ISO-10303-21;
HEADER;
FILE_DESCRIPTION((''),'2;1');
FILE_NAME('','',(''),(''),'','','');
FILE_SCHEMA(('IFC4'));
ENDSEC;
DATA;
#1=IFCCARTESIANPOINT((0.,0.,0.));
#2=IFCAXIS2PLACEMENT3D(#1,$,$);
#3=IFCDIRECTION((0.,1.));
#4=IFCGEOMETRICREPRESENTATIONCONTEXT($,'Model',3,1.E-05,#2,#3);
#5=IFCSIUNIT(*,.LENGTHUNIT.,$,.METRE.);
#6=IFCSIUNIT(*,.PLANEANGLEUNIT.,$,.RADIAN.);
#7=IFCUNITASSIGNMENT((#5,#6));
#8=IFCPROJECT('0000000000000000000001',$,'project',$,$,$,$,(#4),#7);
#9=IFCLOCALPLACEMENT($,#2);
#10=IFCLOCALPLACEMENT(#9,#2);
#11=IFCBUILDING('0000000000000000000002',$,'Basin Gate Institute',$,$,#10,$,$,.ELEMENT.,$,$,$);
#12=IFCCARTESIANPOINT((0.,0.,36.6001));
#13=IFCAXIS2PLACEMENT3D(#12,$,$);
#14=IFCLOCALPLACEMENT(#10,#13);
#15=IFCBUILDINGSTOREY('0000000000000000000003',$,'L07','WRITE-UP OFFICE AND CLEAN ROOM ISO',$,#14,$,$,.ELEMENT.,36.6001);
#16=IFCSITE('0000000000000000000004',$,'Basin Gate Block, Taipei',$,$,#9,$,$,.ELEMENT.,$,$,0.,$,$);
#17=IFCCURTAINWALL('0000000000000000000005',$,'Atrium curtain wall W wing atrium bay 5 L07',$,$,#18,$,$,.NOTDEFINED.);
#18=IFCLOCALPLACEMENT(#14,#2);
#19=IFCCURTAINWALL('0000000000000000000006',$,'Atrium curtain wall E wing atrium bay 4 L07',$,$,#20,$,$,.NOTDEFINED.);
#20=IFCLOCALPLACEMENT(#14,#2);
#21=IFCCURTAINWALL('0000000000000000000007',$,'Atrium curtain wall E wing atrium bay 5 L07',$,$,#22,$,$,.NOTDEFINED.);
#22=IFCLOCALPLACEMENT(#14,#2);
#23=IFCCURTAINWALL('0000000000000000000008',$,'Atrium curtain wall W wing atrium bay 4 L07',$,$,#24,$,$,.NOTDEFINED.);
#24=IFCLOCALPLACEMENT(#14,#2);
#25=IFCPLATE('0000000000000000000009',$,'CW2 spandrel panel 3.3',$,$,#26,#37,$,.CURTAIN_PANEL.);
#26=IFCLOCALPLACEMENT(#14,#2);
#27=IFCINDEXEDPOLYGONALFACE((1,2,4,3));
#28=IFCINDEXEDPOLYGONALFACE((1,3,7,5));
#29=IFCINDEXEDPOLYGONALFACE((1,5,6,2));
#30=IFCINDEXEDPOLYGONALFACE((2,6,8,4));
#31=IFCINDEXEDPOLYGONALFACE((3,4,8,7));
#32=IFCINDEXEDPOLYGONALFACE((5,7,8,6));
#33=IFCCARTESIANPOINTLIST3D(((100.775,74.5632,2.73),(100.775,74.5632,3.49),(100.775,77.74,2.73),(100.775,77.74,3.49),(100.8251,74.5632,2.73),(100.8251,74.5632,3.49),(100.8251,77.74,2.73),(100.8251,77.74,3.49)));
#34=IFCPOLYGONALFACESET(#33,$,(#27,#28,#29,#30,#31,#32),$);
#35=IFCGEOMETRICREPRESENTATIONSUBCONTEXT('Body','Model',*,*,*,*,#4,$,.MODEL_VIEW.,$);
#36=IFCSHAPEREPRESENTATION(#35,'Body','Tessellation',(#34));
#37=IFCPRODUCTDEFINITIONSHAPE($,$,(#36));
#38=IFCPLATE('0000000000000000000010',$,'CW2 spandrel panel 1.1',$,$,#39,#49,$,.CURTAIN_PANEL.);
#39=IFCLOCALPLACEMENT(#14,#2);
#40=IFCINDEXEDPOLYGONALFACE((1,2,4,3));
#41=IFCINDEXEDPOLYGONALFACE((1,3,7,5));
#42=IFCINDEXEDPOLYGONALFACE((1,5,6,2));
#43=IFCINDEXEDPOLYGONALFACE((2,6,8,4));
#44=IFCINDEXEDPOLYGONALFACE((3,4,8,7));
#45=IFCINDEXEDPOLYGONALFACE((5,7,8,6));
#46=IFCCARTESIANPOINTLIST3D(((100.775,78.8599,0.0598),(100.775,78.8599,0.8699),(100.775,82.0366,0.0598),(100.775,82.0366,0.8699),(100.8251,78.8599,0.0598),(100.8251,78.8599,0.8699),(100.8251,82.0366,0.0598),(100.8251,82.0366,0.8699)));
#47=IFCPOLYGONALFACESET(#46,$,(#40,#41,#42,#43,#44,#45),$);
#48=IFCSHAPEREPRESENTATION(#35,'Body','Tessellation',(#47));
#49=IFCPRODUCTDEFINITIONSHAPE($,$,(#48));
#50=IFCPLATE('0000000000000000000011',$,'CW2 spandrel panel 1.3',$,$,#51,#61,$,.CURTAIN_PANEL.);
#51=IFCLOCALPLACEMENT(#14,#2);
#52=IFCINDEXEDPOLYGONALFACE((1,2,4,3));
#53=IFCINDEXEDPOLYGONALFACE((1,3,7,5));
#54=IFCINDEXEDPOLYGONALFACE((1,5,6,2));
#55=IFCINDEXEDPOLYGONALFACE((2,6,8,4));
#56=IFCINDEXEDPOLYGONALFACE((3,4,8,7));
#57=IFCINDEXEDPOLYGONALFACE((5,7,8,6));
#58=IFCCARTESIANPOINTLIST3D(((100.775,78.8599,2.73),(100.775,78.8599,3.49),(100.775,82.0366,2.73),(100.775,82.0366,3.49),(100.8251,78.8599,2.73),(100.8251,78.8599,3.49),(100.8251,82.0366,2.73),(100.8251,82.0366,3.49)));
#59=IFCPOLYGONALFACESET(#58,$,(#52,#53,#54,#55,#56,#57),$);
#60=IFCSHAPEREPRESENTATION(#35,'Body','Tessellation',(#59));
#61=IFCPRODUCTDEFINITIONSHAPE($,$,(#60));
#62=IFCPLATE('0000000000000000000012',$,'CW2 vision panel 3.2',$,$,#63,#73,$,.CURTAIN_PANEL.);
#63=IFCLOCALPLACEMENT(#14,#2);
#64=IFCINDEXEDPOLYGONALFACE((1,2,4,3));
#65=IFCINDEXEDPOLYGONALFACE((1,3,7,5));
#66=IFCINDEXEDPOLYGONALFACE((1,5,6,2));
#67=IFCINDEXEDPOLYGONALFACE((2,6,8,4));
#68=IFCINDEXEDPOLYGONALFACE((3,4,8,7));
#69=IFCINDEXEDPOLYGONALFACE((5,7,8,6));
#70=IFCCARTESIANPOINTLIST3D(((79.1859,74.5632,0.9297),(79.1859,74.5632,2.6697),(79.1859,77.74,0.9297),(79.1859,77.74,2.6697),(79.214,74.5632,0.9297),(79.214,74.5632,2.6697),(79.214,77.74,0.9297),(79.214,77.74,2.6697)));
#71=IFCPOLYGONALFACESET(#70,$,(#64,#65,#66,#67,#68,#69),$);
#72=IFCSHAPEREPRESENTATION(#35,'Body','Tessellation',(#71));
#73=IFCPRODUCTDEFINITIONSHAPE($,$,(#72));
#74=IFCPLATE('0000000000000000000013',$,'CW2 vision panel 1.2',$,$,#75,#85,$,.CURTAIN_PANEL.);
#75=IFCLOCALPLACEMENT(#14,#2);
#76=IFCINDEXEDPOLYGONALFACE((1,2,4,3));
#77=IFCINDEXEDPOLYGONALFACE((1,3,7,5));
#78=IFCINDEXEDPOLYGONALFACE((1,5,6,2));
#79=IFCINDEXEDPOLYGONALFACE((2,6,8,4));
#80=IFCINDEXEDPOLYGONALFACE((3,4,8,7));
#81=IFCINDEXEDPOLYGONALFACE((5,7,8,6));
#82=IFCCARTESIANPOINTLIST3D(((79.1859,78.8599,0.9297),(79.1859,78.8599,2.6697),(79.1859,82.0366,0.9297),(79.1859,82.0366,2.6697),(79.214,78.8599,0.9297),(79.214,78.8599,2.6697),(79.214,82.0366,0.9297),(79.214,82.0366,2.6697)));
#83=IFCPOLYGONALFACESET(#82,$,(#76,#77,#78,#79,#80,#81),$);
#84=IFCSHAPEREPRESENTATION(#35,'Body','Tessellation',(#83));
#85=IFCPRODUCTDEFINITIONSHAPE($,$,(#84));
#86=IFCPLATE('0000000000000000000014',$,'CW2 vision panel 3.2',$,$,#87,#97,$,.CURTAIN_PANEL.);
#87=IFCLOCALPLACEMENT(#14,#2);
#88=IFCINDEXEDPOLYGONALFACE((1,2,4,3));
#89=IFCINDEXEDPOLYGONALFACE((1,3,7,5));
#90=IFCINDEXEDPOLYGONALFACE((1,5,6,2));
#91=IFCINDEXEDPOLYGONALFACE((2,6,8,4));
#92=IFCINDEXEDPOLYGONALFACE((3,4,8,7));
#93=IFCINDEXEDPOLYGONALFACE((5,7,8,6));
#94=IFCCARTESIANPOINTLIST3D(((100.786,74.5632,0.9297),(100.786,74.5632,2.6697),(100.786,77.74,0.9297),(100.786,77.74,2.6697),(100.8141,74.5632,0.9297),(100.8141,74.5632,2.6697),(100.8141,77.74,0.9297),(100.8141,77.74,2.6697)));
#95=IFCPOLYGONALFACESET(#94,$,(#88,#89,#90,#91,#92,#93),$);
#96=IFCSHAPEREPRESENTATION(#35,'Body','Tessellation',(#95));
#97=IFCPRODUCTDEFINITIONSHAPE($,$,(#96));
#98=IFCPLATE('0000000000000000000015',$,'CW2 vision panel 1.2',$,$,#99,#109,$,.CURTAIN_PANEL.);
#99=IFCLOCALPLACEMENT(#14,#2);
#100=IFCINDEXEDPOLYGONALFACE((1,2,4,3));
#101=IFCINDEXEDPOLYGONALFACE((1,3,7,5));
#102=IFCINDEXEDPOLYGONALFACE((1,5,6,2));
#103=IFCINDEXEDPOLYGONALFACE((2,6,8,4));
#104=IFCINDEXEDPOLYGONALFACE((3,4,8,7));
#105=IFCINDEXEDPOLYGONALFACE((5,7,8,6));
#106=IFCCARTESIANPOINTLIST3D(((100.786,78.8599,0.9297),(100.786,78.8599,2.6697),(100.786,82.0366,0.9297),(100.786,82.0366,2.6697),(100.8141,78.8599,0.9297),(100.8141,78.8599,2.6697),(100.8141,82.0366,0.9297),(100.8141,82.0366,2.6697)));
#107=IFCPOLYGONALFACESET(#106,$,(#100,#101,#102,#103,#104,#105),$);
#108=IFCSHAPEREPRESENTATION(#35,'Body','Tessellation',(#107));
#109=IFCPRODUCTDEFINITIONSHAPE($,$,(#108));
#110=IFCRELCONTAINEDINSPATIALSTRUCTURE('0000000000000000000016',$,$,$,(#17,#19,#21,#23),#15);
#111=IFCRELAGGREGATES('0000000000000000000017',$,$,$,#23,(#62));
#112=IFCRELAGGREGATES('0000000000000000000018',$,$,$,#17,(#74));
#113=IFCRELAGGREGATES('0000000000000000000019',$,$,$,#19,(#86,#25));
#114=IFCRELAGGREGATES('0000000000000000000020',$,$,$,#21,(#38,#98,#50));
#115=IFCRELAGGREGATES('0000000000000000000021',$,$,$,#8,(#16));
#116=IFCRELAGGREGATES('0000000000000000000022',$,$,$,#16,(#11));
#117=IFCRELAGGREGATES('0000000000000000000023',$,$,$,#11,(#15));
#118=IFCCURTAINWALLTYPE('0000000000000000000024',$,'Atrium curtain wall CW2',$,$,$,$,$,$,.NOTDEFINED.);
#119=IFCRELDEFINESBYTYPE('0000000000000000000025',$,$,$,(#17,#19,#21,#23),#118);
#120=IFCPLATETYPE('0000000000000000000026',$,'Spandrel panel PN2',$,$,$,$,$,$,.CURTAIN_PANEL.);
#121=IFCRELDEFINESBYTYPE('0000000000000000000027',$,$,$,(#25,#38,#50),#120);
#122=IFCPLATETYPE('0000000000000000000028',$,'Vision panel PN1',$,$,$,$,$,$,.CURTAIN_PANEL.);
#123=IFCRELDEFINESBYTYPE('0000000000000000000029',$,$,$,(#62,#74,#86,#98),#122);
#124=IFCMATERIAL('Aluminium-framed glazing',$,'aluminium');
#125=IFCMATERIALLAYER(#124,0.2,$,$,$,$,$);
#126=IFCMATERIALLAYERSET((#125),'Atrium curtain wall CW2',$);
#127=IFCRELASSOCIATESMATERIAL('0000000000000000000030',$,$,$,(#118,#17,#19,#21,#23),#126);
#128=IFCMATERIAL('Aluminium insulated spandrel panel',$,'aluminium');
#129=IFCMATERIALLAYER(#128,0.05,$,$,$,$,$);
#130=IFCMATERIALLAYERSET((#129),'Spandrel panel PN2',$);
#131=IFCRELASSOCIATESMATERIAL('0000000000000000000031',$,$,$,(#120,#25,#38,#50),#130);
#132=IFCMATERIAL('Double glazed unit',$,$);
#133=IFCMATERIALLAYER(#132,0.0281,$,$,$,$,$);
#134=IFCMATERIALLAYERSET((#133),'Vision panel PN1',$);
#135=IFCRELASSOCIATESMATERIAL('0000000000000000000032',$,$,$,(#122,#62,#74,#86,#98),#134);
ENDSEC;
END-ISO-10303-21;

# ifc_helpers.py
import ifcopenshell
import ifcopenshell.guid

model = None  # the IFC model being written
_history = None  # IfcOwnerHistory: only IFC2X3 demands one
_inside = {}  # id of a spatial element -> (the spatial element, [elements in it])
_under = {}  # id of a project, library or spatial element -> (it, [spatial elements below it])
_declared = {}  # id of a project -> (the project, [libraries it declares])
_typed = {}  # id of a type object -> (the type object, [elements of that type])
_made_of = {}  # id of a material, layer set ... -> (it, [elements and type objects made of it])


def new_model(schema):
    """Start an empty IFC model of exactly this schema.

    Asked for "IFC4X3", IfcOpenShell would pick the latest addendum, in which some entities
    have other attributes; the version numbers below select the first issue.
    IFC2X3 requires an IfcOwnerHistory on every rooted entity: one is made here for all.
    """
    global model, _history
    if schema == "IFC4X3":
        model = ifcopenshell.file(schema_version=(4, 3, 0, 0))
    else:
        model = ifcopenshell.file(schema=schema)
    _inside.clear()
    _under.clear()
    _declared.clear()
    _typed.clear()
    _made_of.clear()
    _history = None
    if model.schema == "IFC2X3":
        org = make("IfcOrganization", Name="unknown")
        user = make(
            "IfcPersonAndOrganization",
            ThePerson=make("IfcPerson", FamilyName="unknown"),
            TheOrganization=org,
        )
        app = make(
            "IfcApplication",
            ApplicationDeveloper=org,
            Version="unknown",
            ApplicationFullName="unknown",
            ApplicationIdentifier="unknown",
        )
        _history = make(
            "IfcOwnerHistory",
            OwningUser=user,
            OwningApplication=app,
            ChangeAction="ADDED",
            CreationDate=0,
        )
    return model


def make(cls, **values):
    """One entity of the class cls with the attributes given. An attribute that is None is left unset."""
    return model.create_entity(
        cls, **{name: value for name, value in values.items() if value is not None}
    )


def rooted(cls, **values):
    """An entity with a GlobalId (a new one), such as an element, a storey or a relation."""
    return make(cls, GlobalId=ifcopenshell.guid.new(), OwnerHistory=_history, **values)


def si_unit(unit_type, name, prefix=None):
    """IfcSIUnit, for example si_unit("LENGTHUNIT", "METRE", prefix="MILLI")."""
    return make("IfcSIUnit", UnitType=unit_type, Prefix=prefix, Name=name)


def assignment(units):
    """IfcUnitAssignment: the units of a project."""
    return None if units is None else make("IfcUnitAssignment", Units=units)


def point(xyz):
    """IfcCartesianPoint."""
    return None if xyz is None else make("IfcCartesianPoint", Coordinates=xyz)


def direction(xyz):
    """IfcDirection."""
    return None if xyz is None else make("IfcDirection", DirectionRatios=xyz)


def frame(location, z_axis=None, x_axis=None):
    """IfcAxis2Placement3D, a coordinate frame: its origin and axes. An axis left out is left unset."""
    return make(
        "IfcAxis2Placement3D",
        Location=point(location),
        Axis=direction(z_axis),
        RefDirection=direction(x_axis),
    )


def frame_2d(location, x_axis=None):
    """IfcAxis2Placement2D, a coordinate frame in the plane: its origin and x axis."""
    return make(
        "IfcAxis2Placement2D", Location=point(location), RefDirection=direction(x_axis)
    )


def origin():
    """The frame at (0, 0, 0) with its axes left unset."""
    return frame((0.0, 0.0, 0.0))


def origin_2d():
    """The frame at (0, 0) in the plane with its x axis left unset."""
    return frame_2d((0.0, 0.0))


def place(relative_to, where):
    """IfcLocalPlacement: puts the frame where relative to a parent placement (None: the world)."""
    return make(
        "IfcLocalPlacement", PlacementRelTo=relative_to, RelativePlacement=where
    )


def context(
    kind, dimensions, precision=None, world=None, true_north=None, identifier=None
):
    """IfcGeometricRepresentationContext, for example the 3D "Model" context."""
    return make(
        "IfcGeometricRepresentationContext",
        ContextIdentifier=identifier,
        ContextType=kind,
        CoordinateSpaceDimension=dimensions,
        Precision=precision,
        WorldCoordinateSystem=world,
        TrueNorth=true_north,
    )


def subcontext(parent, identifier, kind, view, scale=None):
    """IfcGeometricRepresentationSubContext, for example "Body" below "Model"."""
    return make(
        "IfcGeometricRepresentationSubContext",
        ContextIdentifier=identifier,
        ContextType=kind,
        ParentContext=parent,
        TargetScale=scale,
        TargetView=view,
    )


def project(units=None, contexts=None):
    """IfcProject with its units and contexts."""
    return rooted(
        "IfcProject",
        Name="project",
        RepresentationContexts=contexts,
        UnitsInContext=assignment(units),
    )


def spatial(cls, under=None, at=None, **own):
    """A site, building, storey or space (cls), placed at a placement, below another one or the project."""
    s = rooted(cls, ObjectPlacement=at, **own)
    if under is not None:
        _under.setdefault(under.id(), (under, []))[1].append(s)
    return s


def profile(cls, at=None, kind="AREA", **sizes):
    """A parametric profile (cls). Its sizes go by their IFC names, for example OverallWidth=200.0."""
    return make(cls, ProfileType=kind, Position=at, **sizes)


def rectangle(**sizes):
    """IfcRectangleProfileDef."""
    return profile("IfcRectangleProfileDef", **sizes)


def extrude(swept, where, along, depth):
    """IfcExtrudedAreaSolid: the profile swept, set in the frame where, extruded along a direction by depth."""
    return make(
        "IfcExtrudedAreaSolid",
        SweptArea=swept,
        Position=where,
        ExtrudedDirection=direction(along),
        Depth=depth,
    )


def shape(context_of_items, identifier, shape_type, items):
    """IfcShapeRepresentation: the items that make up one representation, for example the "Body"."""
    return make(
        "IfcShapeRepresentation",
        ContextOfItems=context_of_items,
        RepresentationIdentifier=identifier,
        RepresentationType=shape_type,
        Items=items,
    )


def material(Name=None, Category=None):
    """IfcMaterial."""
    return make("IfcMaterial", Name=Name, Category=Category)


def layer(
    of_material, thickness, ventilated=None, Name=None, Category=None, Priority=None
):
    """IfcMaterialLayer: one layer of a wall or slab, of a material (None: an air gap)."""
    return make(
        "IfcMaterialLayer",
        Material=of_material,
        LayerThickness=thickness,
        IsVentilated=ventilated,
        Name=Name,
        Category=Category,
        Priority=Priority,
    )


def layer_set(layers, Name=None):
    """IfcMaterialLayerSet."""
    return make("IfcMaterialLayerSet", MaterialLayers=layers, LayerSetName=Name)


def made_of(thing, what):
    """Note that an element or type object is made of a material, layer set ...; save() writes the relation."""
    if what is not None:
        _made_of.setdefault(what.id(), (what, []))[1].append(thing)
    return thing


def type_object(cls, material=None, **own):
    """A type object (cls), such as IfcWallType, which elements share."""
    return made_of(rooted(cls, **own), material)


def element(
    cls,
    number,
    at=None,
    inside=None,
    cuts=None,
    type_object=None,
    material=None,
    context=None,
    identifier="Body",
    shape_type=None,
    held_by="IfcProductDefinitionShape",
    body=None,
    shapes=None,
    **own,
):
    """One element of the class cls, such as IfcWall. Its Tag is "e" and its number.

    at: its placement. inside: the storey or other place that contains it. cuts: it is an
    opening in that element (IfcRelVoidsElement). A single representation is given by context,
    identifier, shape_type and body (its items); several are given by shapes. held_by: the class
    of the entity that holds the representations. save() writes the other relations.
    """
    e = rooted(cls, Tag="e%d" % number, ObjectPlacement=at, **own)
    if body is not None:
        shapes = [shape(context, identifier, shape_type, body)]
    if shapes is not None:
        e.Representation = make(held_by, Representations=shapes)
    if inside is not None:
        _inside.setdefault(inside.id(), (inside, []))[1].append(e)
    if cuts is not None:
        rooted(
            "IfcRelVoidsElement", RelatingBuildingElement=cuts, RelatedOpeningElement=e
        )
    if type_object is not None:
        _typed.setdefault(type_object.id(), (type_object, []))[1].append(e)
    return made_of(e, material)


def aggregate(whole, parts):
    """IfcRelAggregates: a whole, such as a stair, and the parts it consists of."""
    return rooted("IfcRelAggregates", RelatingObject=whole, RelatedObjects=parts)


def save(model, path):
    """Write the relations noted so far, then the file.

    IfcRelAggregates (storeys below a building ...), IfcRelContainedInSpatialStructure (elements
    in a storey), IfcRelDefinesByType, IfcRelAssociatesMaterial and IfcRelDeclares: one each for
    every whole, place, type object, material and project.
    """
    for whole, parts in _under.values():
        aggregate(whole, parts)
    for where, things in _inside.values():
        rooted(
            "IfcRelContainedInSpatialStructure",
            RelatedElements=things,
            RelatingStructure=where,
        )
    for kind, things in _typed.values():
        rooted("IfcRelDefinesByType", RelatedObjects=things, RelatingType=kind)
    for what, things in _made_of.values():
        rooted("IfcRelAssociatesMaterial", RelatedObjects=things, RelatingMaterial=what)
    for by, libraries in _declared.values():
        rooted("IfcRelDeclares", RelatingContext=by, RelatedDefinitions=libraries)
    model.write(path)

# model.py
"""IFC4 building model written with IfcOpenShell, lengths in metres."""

from ifc_helpers import new_model, si_unit, direction, frame, origin, origin_2d, place, context, subcontext, project, spatial, rectangle, extrude, material, layer, layer_set, type_object, element, aggregate, save


model = new_model("IFC4")

# Units and contexts
model_context = context("Model", 3, precision=1e-05, world=origin(), true_north=direction((0.0, 1.0)))
body_context = subcontext(model_context, "Body", "Model", "MODEL_VIEW")
ifc_project = project(units=[si_unit("LENGTHUNIT", "METRE"), si_unit("PLANEANGLEUNIT", "RADIAN")], contexts=[model_context])

# Site, building, storey
site_placement = place(None, origin())
site = spatial("IfcSite", under=ifc_project, at=site_placement, Name="Basin Gate Block, Taipei", CompositionType="ELEMENT", RefElevation=0.0)
building_placement = place(site_placement, origin())
building = spatial("IfcBuilding", under=site, at=building_placement, Name="Basin Gate Institute", CompositionType="ELEMENT")
storey_placement = place(building_placement, frame((0.0, 0.0, 36.6001)))
storey = spatial("IfcBuildingStorey", under=building, at=storey_placement, Name="L07", Description="WRITE-UP OFFICE AND CLEAN ROOM ISO", CompositionType="ELEMENT", Elevation=36.6001)

# Curtain walls
ifc_material_1 = material(Name="Aluminium-framed glazing", Category="aluminium")
ifc_layer_1 = layer(ifc_material_1, 0.2)
ifc_layer_set_1 = layer_set([ifc_layer_1], Name="Atrium curtain wall CW2")
curtain_wall_type = type_object("IfcCurtainWallType", Name="Atrium curtain wall CW2", PredefinedType="NOTDEFINED", material=ifc_layer_set_1)
curtain_wall_1_placement = place(storey_placement, origin())
curtain_wall_1 = element("IfcCurtainWall", 1, at=curtain_wall_1_placement, inside=storey, type_object=curtain_wall_type, material=ifc_layer_set_1, Name="Atrium curtain wall W wing atrium bay 5 L07", PredefinedType="NOTDEFINED")
curtain_wall_2_placement = place(storey_placement, origin())
curtain_wall_2 = element("IfcCurtainWall", 2, at=curtain_wall_2_placement, inside=storey, type_object=curtain_wall_type, material=ifc_layer_set_1, Name="Atrium curtain wall E wing atrium bay 4 L07", PredefinedType="NOTDEFINED")
curtain_wall_3_placement = place(storey_placement, origin())
curtain_wall_3 = element("IfcCurtainWall", 3, at=curtain_wall_3_placement, inside=storey, type_object=curtain_wall_type, material=ifc_layer_set_1, Name="Atrium curtain wall E wing atrium bay 5 L07", PredefinedType="NOTDEFINED")

# Curtain wall
curtain_wall_4_placement = place(storey_placement, origin())
curtain_wall_4 = element("IfcCurtainWall", 4, at=curtain_wall_4_placement, inside=storey, type_object=curtain_wall_type, material=ifc_layer_set_1, Name="Atrium curtain wall W wing atrium bay 4 L07", PredefinedType="NOTDEFINED")
ifc_material_2 = material(Name="Aluminium insulated spandrel panel", Category="aluminium")
ifc_layer_2 = layer(ifc_material_2, 0.05)
ifc_layer_set_2 = layer_set([ifc_layer_2], Name="Spandrel panel PN2")
plate_type_1 = type_object("IfcPlateType", Name="Spandrel panel PN2", PredefinedType="CURTAIN_PANEL", material=ifc_layer_set_2)

# Plates
plate_1_placement = place(storey_placement, frame((100.8, 76.1516, 2.73), z_axis=(0.0, 0.0, 1.0), x_axis=(0.0, 1.0, 0.0)))
plate_1 = element("IfcPlate", 5, at=plate_1_placement, type_object=plate_type_1, material=ifc_layer_set_2, Name="CW2 spandrel panel 3.3", PredefinedType="CURTAIN_PANEL", context=body_context, shape_type="SweptSolid", body=[
    extrude(rectangle(XDim=3.1768, YDim=0.05, at=origin_2d()), origin(), (0.0, 0.0, 1.0), 0.76),
])
plate_2_placement = place(storey_placement, frame((100.8, 80.4482, 0.0598), z_axis=(0.0, 0.0, 1.0), x_axis=(0.0, 1.0, 0.0)))
plate_2 = element("IfcPlate", 6, at=plate_2_placement, type_object=plate_type_1, material=ifc_layer_set_2, Name="CW2 spandrel panel 1.1", PredefinedType="CURTAIN_PANEL", context=body_context, shape_type="SweptSolid", body=[
    extrude(rectangle(XDim=3.1768, YDim=0.05, at=origin_2d()), origin(), (0.0, 0.0, 1.0), 0.8101),
])
plate_3_placement = place(storey_placement, frame((100.8, 80.4482, 2.73), z_axis=(0.0, 0.0, 1.0), x_axis=(0.0, 1.0, 0.0)))
plate_3 = element("IfcPlate", 7, at=plate_3_placement, type_object=plate_type_1, material=ifc_layer_set_2, Name="CW2 spandrel panel 1.3", PredefinedType="CURTAIN_PANEL", context=body_context, shape_type="SweptSolid", body=[
    extrude(rectangle(XDim=3.1768, YDim=0.05, at=origin_2d()), origin(), (0.0, 0.0, 1.0), 0.76),
])
ifc_material_3 = material(Name="Double glazed unit")
ifc_layer_3 = layer(ifc_material_3, 0.0281)
ifc_layer_set_3 = layer_set([ifc_layer_3], Name="Vision panel PN1")
plate_type_2 = type_object("IfcPlateType", Name="Vision panel PN1", PredefinedType="CURTAIN_PANEL", material=ifc_layer_set_3)
plate_4_placement = place(storey_placement, frame((79.2, 76.1516, 0.9297), z_axis=(0.0, 0.0, 1.0), x_axis=(0.0, 1.0, 0.0)))
plate_4 = element("IfcPlate", 8, at=plate_4_placement, type_object=plate_type_2, material=ifc_layer_set_3, Name="CW2 vision panel 3.2", PredefinedType="CURTAIN_PANEL", context=body_context, shape_type="SweptSolid", body=[
    extrude(rectangle(XDim=3.1768, YDim=0.0281, at=origin_2d()), origin(), (0.0, 0.0, 1.0), 1.74),
])
aggregate(curtain_wall_4, [plate_4])
plate_5_placement = place(storey_placement, frame((79.2, 80.4482, 0.9297), z_axis=(0.0, 0.0, 1.0), x_axis=(0.0, 1.0, 0.0)))
plate_5 = element("IfcPlate", 9, at=plate_5_placement, type_object=plate_type_2, material=ifc_layer_set_3, Name="CW2 vision panel 1.2", PredefinedType="CURTAIN_PANEL", context=body_context, shape_type="SweptSolid", body=[
    extrude(rectangle(XDim=3.1768, YDim=0.0281, at=origin_2d()), origin(), (0.0, 0.0, 1.0), 1.74),
])
aggregate(curtain_wall_1, [plate_5])
plate_6_placement = place(storey_placement, frame((100.8, 76.1516, 0.9297), z_axis=(0.0, 0.0, 1.0), x_axis=(0.0, 1.0, 0.0)))
plate_6 = element("IfcPlate", 10, at=plate_6_placement, type_object=plate_type_2, material=ifc_layer_set_3, Name="CW2 vision panel 3.2", PredefinedType="CURTAIN_PANEL", context=body_context, shape_type="SweptSolid", body=[
    extrude(rectangle(XDim=3.1768, YDim=0.0281, at=origin_2d()), origin(), (0.0, 0.0, 1.0), 1.74),
])
aggregate(curtain_wall_2, [plate_6, plate_1])
plate_7_placement = place(storey_placement, frame((100.8, 80.4482, 0.9297), z_axis=(0.0, 0.0, 1.0), x_axis=(0.0, 1.0, 0.0)))
plate_7 = element("IfcPlate", 11, at=plate_7_placement, type_object=plate_type_2, material=ifc_layer_set_3, Name="CW2 vision panel 1.2", PredefinedType="CURTAIN_PANEL", context=body_context, shape_type="SweptSolid", body=[
    extrude(rectangle(XDim=3.1768, YDim=0.0281, at=origin_2d()), origin(), (0.0, 0.0, 1.0), 1.74),
])
aggregate(curtain_wall_3, [plate_2, plate_7, plate_3])

save(model, "model.ifc")
